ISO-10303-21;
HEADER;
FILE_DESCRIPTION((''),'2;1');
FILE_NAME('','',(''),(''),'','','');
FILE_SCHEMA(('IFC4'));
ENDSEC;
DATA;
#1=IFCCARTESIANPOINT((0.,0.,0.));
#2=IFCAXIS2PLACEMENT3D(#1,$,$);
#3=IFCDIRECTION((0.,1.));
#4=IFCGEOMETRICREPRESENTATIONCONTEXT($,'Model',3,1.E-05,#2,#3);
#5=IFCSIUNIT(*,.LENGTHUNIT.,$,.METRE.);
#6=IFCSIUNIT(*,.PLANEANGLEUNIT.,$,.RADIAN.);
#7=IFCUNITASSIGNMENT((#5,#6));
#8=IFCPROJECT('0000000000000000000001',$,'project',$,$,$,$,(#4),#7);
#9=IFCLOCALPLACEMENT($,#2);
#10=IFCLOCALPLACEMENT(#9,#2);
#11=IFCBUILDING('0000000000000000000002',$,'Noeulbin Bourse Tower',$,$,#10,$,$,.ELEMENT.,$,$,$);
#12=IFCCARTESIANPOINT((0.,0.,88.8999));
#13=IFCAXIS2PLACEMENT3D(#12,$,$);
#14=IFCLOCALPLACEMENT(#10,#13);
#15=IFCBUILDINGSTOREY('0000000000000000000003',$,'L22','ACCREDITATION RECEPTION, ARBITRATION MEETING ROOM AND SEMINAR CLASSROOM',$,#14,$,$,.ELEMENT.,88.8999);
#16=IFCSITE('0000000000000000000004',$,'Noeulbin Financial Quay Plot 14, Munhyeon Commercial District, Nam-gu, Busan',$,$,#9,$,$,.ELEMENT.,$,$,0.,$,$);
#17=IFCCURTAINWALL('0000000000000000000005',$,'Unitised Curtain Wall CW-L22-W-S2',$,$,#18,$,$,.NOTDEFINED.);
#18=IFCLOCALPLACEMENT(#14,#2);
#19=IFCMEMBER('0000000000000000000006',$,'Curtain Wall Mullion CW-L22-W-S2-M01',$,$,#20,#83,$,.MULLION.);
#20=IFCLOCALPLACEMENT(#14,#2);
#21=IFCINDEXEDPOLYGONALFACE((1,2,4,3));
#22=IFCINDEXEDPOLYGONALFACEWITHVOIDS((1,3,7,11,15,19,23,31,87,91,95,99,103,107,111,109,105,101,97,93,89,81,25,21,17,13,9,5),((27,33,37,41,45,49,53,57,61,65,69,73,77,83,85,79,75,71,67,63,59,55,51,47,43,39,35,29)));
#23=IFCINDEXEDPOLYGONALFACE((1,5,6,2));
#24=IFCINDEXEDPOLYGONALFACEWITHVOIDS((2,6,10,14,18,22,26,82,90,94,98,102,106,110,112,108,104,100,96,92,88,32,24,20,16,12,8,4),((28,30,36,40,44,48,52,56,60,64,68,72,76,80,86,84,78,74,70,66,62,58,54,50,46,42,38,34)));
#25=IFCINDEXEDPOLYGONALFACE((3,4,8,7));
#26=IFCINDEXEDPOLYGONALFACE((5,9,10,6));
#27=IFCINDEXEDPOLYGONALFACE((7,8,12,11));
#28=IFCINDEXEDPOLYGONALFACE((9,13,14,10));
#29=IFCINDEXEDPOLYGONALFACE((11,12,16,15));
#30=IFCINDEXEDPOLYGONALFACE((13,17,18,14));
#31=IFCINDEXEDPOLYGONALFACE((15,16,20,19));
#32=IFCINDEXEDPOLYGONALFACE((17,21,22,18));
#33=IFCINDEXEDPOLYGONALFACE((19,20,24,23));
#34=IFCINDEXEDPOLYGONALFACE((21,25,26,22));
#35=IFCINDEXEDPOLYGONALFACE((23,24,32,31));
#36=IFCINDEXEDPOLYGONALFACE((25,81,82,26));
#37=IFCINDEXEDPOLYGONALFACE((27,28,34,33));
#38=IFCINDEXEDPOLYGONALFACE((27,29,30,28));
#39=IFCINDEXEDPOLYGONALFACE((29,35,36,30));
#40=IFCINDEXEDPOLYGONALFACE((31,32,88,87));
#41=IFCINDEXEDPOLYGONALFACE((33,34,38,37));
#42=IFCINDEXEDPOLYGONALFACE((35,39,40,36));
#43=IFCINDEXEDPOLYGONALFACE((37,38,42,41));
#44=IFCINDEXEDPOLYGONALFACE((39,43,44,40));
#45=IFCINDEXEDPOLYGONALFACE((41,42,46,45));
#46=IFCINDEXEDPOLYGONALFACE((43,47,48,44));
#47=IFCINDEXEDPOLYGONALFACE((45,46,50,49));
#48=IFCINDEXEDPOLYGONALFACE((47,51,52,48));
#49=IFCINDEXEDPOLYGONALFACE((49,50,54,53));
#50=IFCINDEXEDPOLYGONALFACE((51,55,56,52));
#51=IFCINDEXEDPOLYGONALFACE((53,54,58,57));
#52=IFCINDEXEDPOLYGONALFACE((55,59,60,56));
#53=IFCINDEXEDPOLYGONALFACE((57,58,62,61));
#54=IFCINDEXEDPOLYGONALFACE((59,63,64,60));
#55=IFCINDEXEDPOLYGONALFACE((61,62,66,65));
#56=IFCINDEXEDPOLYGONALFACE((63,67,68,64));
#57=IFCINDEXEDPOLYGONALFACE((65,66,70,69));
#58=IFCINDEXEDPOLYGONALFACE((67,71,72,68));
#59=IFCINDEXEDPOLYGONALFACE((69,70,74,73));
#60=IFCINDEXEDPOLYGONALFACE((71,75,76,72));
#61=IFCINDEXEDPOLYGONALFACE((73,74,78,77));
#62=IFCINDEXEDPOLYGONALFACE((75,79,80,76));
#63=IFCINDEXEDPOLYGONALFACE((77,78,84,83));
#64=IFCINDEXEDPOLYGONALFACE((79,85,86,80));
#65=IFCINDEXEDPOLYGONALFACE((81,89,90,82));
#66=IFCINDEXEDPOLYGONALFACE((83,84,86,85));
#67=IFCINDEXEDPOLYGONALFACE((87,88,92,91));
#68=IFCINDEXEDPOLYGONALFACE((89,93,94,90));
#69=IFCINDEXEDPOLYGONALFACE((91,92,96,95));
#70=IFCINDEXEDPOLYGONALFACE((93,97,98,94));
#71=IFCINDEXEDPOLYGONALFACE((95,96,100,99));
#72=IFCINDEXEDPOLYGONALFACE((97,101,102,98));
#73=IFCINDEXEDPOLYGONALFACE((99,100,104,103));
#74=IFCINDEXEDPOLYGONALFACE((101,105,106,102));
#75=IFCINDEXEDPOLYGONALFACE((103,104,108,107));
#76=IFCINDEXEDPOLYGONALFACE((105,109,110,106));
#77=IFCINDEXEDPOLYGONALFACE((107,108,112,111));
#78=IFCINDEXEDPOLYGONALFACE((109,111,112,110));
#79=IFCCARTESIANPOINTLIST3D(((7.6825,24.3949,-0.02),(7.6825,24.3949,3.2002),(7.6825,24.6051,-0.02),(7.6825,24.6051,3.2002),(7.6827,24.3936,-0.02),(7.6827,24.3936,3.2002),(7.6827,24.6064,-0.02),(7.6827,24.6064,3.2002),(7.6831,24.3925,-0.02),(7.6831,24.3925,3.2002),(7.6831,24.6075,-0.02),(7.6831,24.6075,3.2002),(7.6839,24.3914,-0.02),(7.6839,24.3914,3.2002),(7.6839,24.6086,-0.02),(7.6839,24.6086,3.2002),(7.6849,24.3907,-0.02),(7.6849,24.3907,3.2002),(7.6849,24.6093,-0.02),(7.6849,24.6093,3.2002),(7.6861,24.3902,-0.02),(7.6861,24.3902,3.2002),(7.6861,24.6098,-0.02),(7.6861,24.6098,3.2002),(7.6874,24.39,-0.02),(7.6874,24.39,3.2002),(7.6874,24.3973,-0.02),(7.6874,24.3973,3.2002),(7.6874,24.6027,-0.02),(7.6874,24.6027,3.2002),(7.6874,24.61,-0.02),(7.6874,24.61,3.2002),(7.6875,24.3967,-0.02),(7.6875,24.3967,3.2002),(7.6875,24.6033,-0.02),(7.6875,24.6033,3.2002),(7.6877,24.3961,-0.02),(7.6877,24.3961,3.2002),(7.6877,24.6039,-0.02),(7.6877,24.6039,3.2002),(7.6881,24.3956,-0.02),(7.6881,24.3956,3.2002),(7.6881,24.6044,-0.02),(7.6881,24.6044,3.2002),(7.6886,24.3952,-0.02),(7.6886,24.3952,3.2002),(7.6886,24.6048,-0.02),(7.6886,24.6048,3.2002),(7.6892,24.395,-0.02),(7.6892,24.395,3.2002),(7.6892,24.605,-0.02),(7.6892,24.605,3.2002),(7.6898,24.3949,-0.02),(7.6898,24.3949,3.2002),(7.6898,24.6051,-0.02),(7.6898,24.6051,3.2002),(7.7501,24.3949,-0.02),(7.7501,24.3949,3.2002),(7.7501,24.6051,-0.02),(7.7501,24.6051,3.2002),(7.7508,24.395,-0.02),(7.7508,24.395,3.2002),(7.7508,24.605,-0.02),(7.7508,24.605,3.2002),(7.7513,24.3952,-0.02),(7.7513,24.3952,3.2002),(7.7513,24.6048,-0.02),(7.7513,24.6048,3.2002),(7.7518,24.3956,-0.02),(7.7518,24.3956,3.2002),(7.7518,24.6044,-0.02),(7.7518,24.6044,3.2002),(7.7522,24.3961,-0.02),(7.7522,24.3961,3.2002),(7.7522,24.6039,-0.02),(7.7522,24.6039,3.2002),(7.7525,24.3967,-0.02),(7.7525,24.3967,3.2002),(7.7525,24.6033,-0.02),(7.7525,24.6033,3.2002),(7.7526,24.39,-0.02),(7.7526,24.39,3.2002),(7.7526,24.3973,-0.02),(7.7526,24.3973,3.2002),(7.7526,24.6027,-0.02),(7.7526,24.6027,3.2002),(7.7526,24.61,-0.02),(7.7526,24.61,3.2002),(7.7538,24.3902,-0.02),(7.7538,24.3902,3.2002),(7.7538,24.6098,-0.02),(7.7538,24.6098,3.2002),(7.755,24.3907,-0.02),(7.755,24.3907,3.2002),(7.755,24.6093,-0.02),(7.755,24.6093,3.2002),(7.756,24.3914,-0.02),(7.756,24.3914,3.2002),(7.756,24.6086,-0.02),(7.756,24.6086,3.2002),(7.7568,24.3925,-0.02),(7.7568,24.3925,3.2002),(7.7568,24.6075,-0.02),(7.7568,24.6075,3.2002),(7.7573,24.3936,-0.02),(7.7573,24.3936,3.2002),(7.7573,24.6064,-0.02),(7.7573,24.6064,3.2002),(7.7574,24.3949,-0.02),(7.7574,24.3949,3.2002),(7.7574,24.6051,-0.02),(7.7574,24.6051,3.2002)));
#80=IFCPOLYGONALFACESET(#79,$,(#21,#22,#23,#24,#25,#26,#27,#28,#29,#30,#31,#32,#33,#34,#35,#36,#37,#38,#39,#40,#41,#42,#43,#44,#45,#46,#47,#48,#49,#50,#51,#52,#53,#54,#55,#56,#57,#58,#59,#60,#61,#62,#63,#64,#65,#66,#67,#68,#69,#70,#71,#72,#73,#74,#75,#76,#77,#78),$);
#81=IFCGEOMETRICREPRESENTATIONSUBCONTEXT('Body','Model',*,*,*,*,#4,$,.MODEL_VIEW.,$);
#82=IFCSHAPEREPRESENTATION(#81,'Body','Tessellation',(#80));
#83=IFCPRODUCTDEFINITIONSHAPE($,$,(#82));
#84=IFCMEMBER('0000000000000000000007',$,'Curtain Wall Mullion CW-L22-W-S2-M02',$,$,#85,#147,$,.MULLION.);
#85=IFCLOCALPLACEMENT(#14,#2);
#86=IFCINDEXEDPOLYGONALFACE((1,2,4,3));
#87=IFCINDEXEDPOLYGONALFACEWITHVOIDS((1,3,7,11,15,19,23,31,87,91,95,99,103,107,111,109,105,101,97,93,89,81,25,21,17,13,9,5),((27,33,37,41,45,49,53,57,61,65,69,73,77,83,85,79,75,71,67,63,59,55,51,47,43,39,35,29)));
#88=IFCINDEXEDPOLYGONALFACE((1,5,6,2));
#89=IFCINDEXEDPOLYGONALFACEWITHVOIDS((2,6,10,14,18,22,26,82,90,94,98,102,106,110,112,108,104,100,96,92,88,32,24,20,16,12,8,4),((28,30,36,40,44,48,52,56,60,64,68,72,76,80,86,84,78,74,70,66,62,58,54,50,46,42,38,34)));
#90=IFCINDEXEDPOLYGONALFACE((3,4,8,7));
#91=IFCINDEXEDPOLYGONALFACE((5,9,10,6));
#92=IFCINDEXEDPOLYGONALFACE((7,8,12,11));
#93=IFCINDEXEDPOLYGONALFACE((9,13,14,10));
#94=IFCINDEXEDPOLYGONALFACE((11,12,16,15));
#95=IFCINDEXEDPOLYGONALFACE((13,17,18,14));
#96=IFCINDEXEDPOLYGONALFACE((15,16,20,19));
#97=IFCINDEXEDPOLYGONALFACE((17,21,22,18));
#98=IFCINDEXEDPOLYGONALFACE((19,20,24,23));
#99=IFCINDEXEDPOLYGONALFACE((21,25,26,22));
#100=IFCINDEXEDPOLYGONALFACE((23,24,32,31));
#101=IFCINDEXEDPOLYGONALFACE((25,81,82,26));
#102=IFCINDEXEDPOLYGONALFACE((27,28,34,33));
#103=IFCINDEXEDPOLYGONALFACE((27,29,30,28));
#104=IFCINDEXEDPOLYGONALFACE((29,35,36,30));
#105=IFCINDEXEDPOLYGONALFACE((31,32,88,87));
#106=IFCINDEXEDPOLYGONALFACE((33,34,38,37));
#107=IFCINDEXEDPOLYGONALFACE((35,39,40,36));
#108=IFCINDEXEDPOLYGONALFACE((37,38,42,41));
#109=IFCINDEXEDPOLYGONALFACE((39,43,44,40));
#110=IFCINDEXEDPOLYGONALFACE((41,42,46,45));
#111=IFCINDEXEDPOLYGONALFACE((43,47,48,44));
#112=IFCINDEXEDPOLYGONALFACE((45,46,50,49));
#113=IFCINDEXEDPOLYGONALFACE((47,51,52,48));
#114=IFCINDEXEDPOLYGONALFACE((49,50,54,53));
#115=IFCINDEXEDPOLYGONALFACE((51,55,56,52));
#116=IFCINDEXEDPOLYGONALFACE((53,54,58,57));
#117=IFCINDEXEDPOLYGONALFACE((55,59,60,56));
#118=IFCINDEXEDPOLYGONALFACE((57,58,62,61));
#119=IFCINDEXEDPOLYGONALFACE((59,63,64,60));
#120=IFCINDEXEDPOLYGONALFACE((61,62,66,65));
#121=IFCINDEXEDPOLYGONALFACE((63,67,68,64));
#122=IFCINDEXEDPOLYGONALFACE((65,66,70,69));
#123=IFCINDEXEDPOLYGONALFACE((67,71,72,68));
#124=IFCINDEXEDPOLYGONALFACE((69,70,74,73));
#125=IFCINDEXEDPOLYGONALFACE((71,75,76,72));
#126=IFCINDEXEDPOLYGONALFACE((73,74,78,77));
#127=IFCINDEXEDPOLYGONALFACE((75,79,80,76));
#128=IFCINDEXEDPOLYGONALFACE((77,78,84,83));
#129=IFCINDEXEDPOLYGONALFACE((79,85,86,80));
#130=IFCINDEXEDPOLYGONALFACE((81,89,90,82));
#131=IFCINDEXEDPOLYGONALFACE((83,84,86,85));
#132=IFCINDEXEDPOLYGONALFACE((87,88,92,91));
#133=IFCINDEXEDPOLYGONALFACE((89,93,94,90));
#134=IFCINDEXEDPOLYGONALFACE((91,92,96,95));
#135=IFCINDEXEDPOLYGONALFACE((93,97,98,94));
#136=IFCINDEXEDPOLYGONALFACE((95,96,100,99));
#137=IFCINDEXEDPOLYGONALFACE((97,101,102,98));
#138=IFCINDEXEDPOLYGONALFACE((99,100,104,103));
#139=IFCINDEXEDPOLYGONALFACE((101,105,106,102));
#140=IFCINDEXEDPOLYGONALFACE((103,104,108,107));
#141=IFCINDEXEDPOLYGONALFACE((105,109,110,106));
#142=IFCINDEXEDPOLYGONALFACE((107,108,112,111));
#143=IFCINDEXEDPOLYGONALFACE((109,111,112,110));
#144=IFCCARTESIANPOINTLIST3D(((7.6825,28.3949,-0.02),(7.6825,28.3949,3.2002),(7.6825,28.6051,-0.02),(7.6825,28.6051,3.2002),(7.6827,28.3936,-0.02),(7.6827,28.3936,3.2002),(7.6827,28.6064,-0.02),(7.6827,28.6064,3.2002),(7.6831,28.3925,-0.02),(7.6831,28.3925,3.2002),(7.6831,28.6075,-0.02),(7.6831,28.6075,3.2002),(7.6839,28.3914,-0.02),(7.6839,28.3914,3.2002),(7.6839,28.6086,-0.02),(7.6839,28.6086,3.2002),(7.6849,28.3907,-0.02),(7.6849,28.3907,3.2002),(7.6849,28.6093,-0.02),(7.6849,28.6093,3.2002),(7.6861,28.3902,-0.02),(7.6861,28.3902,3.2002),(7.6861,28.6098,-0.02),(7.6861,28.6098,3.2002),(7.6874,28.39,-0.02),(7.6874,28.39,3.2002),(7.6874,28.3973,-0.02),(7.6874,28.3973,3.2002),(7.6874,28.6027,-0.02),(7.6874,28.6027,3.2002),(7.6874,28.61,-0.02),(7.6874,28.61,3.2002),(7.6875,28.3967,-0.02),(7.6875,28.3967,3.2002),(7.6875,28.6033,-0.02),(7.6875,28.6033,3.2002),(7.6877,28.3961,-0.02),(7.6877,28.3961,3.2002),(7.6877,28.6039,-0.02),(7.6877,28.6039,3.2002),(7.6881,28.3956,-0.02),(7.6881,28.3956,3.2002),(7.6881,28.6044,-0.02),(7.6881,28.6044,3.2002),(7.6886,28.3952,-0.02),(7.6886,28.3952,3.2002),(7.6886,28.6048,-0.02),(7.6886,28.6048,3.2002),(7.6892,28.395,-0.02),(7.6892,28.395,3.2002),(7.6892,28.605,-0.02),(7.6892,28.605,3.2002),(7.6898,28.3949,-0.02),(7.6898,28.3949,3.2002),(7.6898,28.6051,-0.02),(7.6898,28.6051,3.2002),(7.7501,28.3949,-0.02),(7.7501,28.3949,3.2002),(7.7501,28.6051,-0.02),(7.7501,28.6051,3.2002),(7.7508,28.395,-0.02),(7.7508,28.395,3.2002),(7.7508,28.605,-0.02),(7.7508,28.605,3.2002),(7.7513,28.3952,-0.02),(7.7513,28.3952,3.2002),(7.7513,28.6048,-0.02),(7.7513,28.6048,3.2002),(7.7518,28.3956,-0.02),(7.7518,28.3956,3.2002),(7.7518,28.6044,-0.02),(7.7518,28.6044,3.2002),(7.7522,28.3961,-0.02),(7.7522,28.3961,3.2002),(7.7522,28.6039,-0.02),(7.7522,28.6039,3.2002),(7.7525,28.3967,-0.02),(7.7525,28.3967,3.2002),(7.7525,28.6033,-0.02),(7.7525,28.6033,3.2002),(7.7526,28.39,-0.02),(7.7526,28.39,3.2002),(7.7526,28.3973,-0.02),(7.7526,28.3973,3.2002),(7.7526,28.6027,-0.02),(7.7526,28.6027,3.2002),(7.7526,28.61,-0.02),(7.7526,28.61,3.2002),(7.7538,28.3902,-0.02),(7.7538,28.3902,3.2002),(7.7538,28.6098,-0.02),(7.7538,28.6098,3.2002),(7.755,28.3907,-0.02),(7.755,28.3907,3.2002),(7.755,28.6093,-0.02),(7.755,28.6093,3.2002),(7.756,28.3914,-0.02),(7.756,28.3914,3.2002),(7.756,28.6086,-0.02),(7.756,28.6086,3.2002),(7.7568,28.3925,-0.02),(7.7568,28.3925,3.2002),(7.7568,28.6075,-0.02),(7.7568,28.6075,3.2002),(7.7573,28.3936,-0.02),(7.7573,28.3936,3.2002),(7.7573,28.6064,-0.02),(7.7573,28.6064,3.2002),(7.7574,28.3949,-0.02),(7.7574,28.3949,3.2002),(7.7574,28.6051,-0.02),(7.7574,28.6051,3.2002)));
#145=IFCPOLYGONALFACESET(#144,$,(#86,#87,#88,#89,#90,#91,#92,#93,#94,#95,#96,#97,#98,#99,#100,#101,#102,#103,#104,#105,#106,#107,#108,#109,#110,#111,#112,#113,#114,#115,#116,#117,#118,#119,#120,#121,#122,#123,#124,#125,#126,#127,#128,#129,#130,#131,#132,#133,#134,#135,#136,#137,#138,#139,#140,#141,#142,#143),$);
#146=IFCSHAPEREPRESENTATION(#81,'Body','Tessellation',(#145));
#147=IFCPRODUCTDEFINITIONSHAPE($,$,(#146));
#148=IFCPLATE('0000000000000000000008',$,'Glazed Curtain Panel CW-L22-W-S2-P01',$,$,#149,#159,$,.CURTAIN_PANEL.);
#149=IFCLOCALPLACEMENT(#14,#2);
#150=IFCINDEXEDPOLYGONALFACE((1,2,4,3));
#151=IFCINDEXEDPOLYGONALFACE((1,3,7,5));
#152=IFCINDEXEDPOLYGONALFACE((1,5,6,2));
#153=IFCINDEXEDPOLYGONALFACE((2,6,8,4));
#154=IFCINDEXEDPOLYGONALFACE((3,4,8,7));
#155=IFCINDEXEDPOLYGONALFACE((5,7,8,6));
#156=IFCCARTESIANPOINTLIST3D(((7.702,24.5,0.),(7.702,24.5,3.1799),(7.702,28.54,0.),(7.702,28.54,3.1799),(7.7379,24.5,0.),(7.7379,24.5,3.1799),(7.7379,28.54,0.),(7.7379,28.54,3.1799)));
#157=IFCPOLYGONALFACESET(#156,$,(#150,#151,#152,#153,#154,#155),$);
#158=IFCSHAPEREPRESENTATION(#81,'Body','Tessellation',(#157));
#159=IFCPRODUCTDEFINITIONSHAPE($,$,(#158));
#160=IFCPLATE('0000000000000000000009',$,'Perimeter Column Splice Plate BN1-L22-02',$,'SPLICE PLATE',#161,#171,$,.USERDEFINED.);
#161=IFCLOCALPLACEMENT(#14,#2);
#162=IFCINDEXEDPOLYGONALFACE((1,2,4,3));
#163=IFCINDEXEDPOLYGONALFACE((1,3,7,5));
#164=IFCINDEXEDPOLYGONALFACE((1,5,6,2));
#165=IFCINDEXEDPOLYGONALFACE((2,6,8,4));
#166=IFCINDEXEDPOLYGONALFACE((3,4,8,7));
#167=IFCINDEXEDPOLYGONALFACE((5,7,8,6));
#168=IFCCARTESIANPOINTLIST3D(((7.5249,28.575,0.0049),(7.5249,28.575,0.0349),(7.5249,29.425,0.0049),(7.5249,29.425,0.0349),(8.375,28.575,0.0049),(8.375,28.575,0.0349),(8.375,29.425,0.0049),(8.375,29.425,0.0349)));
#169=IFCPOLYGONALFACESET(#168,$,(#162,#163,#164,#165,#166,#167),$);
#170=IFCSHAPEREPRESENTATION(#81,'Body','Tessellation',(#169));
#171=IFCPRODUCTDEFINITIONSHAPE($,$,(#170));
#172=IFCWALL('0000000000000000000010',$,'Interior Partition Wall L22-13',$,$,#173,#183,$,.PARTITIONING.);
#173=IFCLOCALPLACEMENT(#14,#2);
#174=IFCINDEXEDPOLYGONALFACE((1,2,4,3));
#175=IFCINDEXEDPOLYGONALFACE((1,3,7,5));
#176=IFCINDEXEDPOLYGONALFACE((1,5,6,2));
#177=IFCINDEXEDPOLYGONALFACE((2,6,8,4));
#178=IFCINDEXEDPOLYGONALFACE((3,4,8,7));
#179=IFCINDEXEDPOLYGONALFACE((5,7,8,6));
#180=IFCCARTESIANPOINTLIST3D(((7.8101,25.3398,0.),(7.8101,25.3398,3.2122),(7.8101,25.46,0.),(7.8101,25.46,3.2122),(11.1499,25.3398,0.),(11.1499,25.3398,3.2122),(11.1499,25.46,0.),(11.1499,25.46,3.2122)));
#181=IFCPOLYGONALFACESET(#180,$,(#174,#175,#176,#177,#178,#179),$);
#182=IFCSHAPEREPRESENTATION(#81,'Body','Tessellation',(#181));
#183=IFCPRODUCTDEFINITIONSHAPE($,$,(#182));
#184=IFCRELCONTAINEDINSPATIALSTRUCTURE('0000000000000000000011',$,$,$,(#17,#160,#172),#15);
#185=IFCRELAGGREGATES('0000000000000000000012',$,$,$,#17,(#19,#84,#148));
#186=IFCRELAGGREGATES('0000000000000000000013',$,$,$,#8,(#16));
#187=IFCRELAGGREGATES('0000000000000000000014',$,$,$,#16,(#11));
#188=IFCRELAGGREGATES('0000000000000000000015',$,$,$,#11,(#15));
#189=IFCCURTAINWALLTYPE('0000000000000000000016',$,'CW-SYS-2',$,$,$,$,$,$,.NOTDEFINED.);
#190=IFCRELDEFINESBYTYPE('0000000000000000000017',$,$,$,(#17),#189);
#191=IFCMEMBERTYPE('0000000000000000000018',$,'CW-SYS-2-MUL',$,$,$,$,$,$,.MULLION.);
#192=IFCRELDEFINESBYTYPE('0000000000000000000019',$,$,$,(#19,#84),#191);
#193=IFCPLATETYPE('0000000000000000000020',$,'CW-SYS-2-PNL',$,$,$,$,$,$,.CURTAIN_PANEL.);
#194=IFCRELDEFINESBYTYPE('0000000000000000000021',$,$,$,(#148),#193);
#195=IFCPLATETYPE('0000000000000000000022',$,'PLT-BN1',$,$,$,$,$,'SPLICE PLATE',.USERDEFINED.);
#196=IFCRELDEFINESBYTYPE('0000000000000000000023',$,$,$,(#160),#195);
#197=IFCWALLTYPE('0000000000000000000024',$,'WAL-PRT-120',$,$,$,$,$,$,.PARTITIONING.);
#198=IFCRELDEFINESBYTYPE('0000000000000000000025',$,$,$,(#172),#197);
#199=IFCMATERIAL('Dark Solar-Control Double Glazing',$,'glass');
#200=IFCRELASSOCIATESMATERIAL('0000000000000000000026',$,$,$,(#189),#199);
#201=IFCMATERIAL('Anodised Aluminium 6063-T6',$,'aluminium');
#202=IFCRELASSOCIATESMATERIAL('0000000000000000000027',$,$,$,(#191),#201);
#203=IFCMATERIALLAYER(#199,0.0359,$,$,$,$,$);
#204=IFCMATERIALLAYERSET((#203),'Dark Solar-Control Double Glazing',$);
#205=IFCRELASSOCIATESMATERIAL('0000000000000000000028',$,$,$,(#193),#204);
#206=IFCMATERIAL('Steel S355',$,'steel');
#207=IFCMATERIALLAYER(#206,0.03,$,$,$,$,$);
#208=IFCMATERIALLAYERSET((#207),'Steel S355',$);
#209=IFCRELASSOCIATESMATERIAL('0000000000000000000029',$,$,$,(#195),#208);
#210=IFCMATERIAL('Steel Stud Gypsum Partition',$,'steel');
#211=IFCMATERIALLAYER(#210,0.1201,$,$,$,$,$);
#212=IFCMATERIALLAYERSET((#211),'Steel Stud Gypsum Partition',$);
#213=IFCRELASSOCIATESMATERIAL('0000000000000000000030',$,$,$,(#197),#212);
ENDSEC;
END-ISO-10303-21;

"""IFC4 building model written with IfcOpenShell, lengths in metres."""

from ifc_helpers import new_model, si_unit, direction, frame, frame_2d, origin, origin_2d, place, context, subcontext, project, spatial, rectangle, hollow_rectangle, extrude, material, layer, layer_set, material_profile, profile_set, type_object, element, aggregate, save


model = new_model("IFC4")

# Units and contexts
model_context = context("Model", 3, precision=1e-05, world=origin(), true_north=direction((0.0, 1.0)))
body_context = subcontext(model_context, "Body", "Model", "MODEL_VIEW")
ifc_project = project(units=[si_unit("LENGTHUNIT", "METRE"), si_unit("PLANEANGLEUNIT", "RADIAN")], contexts=[model_context])

# Site, building, storey
site_placement = place(None, origin())
site = spatial("IfcSite", under=ifc_project, at=site_placement, Name="Noeulbin Financial Quay Plot 14, Munhyeon Commercial District, Nam-gu, Busan", CompositionType="ELEMENT", RefElevation=0.0)
building_placement = place(site_placement, origin())
building = spatial("IfcBuilding", under=site, at=building_placement, Name="Noeulbin Bourse Tower", CompositionType="ELEMENT")
storey_placement = place(building_placement, frame((0.0, 0.0, 88.8999)))
storey = spatial("IfcBuildingStorey", under=building, at=storey_placement, Name="L22", Description="ACCREDITATION RECEPTION, ARBITRATION MEETING ROOM AND SEMINAR CLASSROOM", CompositionType="ELEMENT", Elevation=88.8999)

# Shared definitions
ifc_material_1 = material(Name="Steel S355", Category="steel")

# Curtain wall, members, plate
ifc_material_2 = material(Name="Dark Solar-Control Double Glazing", Category="glass")
curtain_wall_type = type_object("IfcCurtainWallType", Name="CW-SYS-2", PredefinedType="NOTDEFINED", material=ifc_material_2)
curtain_wall_placement = place(storey_placement, origin())
curtain_wall = element("IfcCurtainWall", 1, at=curtain_wall_placement, inside=storey, type_object=curtain_wall_type, Name="Unitised Curtain Wall CW-L22-W-S2", PredefinedType="NOTDEFINED")
ifc_material_3 = material(Name="Anodised Aluminium 6063-T6", Category="aluminium")
ifc_material_profile_1 = material_profile(ifc_material_3, hollow_rectangle(XDim=0.075, YDim=0.22, WallThickness=0.0049, InnerFilletRadius=0.0024, OuterFilletRadius=0.0049, at=origin_2d()), Name="ALU-MULL-75x220x5", Category="LoadBearing")
ifc_profile_set_1 = profile_set([ifc_material_profile_1], Name="Anodised Aluminium 6063-T6")
member_type = type_object("IfcMemberType", Name="CW-SYS-2-MUL", PredefinedType="MULLION", material=ifc_profile_set_1)
member_1_placement = place(storey_placement, frame((7.72, 24.5, -0.02), z_axis=(0.0, 0.0, 1.0), x_axis=(1.0, 0.0, 0.0)))
member_1 = element("IfcMember", 2, at=member_1_placement, type_object=member_type, Name="Curtain Wall Mullion CW-L22-W-S2-M01", PredefinedType="MULLION", context=body_context, shape_type="SweptSolid", body=[
    extrude(hollow_rectangle(XDim=0.075, YDim=0.22, WallThickness=0.0049, InnerFilletRadius=0.0024, OuterFilletRadius=0.0049, at=origin_2d()), origin(), (0.0, 0.0, 1.0), 3.2202),
])
member_2_placement = place(storey_placement, frame((7.72, 28.5, -0.02), z_axis=(0.0, 0.0, 1.0), x_axis=(1.0, 0.0, 0.0)))
member_2 = element("IfcMember", 3, at=member_2_placement, type_object=member_type, Name="Curtain Wall Mullion CW-L22-W-S2-M02", PredefinedType="MULLION", context=body_context, shape_type="SweptSolid", body=[
    extrude(hollow_rectangle(XDim=0.075, YDim=0.22, WallThickness=0.0049, InnerFilletRadius=0.0024, OuterFilletRadius=0.0049, at=origin_2d()), origin(), (0.0, 0.0, 1.0), 3.2202),
])
ifc_layer_1 = layer(ifc_material_2, 0.0359)
ifc_layer_set_1 = layer_set([ifc_layer_1], Name="Dark Solar-Control Double Glazing")
plate_type_1 = type_object("IfcPlateType", Name="CW-SYS-2-PNL", PredefinedType="CURTAIN_PANEL", material=ifc_layer_set_1)
plate_1_placement = place(storey_placement, frame((7.72, 26.52, 0.0), z_axis=(0.0, 0.0, 1.0), x_axis=(0.0, 1.0, 0.0)))
plate_1 = element("IfcPlate", 4, at=plate_1_placement, type_object=plate_type_1, Name="Glazed Curtain Panel CW-L22-W-S2-P01", PredefinedType="CURTAIN_PANEL", context=body_context, shape_type="SweptSolid", body=[
    extrude(rectangle(XDim=4.04, YDim=0.0359, at=origin_2d()), origin(), (0.0, 0.0, 1.0), 3.1799),
])
aggregate(curtain_wall, [member_1, member_2, plate_1])

# Plate
ifc_layer_2 = layer(ifc_material_1, 0.03)
ifc_layer_set_2 = layer_set([ifc_layer_2], Name="Steel S355")
plate_type_2 = type_object("IfcPlateType", Name="PLT-BN1", ElementType="SPLICE PLATE", PredefinedType="USERDEFINED", material=ifc_layer_set_2)
plate_2_placement = place(storey_placement, frame((7.95, 29.0, 0.0049), z_axis=(0.0, 0.0, 1.0), x_axis=(1.0, 0.0, 0.0)))
element("IfcPlate", 5, at=plate_2_placement, inside=storey, type_object=plate_type_2, Name="Perimeter Column Splice Plate BN1-L22-02", ObjectType="SPLICE PLATE", PredefinedType="USERDEFINED", context=body_context, shape_type="SweptSolid", body=[
    extrude(rectangle(XDim=0.8501, YDim=0.8501, at=origin_2d()), origin(), (0.0, 0.0, 1.0), 0.03),
])

# Wall
ifc_material_4 = material(Name="Steel Stud Gypsum Partition", Category="steel")
ifc_layer_3 = layer(ifc_material_4, 0.1201)
ifc_layer_set_3 = layer_set([ifc_layer_3], Name="Steel Stud Gypsum Partition")
wall_type_1 = type_object("IfcWallType", Name="WAL-PRT-120", PredefinedType="PARTITIONING", material=ifc_layer_set_3)
wall_1_placement = place(storey_placement, frame((7.8101, 25.3999, 0.0), z_axis=(0.0, 0.0, 1.0), x_axis=(1.0, 0.0, 0.0)))
element("IfcWall", 6, at=wall_1_placement, inside=storey, type_object=wall_type_1, Name="Interior Partition Wall L22-13", PredefinedType="PARTITIONING", context=body_context, shape_type="SweptSolid", body=[
    extrude(rectangle(XDim=3.3398, YDim=0.1201, at=frame_2d((1.6699, 0.0))), origin(), (0.0, 0.0, 1.0), 3.2122),
])

save(model, "model.ifc")
